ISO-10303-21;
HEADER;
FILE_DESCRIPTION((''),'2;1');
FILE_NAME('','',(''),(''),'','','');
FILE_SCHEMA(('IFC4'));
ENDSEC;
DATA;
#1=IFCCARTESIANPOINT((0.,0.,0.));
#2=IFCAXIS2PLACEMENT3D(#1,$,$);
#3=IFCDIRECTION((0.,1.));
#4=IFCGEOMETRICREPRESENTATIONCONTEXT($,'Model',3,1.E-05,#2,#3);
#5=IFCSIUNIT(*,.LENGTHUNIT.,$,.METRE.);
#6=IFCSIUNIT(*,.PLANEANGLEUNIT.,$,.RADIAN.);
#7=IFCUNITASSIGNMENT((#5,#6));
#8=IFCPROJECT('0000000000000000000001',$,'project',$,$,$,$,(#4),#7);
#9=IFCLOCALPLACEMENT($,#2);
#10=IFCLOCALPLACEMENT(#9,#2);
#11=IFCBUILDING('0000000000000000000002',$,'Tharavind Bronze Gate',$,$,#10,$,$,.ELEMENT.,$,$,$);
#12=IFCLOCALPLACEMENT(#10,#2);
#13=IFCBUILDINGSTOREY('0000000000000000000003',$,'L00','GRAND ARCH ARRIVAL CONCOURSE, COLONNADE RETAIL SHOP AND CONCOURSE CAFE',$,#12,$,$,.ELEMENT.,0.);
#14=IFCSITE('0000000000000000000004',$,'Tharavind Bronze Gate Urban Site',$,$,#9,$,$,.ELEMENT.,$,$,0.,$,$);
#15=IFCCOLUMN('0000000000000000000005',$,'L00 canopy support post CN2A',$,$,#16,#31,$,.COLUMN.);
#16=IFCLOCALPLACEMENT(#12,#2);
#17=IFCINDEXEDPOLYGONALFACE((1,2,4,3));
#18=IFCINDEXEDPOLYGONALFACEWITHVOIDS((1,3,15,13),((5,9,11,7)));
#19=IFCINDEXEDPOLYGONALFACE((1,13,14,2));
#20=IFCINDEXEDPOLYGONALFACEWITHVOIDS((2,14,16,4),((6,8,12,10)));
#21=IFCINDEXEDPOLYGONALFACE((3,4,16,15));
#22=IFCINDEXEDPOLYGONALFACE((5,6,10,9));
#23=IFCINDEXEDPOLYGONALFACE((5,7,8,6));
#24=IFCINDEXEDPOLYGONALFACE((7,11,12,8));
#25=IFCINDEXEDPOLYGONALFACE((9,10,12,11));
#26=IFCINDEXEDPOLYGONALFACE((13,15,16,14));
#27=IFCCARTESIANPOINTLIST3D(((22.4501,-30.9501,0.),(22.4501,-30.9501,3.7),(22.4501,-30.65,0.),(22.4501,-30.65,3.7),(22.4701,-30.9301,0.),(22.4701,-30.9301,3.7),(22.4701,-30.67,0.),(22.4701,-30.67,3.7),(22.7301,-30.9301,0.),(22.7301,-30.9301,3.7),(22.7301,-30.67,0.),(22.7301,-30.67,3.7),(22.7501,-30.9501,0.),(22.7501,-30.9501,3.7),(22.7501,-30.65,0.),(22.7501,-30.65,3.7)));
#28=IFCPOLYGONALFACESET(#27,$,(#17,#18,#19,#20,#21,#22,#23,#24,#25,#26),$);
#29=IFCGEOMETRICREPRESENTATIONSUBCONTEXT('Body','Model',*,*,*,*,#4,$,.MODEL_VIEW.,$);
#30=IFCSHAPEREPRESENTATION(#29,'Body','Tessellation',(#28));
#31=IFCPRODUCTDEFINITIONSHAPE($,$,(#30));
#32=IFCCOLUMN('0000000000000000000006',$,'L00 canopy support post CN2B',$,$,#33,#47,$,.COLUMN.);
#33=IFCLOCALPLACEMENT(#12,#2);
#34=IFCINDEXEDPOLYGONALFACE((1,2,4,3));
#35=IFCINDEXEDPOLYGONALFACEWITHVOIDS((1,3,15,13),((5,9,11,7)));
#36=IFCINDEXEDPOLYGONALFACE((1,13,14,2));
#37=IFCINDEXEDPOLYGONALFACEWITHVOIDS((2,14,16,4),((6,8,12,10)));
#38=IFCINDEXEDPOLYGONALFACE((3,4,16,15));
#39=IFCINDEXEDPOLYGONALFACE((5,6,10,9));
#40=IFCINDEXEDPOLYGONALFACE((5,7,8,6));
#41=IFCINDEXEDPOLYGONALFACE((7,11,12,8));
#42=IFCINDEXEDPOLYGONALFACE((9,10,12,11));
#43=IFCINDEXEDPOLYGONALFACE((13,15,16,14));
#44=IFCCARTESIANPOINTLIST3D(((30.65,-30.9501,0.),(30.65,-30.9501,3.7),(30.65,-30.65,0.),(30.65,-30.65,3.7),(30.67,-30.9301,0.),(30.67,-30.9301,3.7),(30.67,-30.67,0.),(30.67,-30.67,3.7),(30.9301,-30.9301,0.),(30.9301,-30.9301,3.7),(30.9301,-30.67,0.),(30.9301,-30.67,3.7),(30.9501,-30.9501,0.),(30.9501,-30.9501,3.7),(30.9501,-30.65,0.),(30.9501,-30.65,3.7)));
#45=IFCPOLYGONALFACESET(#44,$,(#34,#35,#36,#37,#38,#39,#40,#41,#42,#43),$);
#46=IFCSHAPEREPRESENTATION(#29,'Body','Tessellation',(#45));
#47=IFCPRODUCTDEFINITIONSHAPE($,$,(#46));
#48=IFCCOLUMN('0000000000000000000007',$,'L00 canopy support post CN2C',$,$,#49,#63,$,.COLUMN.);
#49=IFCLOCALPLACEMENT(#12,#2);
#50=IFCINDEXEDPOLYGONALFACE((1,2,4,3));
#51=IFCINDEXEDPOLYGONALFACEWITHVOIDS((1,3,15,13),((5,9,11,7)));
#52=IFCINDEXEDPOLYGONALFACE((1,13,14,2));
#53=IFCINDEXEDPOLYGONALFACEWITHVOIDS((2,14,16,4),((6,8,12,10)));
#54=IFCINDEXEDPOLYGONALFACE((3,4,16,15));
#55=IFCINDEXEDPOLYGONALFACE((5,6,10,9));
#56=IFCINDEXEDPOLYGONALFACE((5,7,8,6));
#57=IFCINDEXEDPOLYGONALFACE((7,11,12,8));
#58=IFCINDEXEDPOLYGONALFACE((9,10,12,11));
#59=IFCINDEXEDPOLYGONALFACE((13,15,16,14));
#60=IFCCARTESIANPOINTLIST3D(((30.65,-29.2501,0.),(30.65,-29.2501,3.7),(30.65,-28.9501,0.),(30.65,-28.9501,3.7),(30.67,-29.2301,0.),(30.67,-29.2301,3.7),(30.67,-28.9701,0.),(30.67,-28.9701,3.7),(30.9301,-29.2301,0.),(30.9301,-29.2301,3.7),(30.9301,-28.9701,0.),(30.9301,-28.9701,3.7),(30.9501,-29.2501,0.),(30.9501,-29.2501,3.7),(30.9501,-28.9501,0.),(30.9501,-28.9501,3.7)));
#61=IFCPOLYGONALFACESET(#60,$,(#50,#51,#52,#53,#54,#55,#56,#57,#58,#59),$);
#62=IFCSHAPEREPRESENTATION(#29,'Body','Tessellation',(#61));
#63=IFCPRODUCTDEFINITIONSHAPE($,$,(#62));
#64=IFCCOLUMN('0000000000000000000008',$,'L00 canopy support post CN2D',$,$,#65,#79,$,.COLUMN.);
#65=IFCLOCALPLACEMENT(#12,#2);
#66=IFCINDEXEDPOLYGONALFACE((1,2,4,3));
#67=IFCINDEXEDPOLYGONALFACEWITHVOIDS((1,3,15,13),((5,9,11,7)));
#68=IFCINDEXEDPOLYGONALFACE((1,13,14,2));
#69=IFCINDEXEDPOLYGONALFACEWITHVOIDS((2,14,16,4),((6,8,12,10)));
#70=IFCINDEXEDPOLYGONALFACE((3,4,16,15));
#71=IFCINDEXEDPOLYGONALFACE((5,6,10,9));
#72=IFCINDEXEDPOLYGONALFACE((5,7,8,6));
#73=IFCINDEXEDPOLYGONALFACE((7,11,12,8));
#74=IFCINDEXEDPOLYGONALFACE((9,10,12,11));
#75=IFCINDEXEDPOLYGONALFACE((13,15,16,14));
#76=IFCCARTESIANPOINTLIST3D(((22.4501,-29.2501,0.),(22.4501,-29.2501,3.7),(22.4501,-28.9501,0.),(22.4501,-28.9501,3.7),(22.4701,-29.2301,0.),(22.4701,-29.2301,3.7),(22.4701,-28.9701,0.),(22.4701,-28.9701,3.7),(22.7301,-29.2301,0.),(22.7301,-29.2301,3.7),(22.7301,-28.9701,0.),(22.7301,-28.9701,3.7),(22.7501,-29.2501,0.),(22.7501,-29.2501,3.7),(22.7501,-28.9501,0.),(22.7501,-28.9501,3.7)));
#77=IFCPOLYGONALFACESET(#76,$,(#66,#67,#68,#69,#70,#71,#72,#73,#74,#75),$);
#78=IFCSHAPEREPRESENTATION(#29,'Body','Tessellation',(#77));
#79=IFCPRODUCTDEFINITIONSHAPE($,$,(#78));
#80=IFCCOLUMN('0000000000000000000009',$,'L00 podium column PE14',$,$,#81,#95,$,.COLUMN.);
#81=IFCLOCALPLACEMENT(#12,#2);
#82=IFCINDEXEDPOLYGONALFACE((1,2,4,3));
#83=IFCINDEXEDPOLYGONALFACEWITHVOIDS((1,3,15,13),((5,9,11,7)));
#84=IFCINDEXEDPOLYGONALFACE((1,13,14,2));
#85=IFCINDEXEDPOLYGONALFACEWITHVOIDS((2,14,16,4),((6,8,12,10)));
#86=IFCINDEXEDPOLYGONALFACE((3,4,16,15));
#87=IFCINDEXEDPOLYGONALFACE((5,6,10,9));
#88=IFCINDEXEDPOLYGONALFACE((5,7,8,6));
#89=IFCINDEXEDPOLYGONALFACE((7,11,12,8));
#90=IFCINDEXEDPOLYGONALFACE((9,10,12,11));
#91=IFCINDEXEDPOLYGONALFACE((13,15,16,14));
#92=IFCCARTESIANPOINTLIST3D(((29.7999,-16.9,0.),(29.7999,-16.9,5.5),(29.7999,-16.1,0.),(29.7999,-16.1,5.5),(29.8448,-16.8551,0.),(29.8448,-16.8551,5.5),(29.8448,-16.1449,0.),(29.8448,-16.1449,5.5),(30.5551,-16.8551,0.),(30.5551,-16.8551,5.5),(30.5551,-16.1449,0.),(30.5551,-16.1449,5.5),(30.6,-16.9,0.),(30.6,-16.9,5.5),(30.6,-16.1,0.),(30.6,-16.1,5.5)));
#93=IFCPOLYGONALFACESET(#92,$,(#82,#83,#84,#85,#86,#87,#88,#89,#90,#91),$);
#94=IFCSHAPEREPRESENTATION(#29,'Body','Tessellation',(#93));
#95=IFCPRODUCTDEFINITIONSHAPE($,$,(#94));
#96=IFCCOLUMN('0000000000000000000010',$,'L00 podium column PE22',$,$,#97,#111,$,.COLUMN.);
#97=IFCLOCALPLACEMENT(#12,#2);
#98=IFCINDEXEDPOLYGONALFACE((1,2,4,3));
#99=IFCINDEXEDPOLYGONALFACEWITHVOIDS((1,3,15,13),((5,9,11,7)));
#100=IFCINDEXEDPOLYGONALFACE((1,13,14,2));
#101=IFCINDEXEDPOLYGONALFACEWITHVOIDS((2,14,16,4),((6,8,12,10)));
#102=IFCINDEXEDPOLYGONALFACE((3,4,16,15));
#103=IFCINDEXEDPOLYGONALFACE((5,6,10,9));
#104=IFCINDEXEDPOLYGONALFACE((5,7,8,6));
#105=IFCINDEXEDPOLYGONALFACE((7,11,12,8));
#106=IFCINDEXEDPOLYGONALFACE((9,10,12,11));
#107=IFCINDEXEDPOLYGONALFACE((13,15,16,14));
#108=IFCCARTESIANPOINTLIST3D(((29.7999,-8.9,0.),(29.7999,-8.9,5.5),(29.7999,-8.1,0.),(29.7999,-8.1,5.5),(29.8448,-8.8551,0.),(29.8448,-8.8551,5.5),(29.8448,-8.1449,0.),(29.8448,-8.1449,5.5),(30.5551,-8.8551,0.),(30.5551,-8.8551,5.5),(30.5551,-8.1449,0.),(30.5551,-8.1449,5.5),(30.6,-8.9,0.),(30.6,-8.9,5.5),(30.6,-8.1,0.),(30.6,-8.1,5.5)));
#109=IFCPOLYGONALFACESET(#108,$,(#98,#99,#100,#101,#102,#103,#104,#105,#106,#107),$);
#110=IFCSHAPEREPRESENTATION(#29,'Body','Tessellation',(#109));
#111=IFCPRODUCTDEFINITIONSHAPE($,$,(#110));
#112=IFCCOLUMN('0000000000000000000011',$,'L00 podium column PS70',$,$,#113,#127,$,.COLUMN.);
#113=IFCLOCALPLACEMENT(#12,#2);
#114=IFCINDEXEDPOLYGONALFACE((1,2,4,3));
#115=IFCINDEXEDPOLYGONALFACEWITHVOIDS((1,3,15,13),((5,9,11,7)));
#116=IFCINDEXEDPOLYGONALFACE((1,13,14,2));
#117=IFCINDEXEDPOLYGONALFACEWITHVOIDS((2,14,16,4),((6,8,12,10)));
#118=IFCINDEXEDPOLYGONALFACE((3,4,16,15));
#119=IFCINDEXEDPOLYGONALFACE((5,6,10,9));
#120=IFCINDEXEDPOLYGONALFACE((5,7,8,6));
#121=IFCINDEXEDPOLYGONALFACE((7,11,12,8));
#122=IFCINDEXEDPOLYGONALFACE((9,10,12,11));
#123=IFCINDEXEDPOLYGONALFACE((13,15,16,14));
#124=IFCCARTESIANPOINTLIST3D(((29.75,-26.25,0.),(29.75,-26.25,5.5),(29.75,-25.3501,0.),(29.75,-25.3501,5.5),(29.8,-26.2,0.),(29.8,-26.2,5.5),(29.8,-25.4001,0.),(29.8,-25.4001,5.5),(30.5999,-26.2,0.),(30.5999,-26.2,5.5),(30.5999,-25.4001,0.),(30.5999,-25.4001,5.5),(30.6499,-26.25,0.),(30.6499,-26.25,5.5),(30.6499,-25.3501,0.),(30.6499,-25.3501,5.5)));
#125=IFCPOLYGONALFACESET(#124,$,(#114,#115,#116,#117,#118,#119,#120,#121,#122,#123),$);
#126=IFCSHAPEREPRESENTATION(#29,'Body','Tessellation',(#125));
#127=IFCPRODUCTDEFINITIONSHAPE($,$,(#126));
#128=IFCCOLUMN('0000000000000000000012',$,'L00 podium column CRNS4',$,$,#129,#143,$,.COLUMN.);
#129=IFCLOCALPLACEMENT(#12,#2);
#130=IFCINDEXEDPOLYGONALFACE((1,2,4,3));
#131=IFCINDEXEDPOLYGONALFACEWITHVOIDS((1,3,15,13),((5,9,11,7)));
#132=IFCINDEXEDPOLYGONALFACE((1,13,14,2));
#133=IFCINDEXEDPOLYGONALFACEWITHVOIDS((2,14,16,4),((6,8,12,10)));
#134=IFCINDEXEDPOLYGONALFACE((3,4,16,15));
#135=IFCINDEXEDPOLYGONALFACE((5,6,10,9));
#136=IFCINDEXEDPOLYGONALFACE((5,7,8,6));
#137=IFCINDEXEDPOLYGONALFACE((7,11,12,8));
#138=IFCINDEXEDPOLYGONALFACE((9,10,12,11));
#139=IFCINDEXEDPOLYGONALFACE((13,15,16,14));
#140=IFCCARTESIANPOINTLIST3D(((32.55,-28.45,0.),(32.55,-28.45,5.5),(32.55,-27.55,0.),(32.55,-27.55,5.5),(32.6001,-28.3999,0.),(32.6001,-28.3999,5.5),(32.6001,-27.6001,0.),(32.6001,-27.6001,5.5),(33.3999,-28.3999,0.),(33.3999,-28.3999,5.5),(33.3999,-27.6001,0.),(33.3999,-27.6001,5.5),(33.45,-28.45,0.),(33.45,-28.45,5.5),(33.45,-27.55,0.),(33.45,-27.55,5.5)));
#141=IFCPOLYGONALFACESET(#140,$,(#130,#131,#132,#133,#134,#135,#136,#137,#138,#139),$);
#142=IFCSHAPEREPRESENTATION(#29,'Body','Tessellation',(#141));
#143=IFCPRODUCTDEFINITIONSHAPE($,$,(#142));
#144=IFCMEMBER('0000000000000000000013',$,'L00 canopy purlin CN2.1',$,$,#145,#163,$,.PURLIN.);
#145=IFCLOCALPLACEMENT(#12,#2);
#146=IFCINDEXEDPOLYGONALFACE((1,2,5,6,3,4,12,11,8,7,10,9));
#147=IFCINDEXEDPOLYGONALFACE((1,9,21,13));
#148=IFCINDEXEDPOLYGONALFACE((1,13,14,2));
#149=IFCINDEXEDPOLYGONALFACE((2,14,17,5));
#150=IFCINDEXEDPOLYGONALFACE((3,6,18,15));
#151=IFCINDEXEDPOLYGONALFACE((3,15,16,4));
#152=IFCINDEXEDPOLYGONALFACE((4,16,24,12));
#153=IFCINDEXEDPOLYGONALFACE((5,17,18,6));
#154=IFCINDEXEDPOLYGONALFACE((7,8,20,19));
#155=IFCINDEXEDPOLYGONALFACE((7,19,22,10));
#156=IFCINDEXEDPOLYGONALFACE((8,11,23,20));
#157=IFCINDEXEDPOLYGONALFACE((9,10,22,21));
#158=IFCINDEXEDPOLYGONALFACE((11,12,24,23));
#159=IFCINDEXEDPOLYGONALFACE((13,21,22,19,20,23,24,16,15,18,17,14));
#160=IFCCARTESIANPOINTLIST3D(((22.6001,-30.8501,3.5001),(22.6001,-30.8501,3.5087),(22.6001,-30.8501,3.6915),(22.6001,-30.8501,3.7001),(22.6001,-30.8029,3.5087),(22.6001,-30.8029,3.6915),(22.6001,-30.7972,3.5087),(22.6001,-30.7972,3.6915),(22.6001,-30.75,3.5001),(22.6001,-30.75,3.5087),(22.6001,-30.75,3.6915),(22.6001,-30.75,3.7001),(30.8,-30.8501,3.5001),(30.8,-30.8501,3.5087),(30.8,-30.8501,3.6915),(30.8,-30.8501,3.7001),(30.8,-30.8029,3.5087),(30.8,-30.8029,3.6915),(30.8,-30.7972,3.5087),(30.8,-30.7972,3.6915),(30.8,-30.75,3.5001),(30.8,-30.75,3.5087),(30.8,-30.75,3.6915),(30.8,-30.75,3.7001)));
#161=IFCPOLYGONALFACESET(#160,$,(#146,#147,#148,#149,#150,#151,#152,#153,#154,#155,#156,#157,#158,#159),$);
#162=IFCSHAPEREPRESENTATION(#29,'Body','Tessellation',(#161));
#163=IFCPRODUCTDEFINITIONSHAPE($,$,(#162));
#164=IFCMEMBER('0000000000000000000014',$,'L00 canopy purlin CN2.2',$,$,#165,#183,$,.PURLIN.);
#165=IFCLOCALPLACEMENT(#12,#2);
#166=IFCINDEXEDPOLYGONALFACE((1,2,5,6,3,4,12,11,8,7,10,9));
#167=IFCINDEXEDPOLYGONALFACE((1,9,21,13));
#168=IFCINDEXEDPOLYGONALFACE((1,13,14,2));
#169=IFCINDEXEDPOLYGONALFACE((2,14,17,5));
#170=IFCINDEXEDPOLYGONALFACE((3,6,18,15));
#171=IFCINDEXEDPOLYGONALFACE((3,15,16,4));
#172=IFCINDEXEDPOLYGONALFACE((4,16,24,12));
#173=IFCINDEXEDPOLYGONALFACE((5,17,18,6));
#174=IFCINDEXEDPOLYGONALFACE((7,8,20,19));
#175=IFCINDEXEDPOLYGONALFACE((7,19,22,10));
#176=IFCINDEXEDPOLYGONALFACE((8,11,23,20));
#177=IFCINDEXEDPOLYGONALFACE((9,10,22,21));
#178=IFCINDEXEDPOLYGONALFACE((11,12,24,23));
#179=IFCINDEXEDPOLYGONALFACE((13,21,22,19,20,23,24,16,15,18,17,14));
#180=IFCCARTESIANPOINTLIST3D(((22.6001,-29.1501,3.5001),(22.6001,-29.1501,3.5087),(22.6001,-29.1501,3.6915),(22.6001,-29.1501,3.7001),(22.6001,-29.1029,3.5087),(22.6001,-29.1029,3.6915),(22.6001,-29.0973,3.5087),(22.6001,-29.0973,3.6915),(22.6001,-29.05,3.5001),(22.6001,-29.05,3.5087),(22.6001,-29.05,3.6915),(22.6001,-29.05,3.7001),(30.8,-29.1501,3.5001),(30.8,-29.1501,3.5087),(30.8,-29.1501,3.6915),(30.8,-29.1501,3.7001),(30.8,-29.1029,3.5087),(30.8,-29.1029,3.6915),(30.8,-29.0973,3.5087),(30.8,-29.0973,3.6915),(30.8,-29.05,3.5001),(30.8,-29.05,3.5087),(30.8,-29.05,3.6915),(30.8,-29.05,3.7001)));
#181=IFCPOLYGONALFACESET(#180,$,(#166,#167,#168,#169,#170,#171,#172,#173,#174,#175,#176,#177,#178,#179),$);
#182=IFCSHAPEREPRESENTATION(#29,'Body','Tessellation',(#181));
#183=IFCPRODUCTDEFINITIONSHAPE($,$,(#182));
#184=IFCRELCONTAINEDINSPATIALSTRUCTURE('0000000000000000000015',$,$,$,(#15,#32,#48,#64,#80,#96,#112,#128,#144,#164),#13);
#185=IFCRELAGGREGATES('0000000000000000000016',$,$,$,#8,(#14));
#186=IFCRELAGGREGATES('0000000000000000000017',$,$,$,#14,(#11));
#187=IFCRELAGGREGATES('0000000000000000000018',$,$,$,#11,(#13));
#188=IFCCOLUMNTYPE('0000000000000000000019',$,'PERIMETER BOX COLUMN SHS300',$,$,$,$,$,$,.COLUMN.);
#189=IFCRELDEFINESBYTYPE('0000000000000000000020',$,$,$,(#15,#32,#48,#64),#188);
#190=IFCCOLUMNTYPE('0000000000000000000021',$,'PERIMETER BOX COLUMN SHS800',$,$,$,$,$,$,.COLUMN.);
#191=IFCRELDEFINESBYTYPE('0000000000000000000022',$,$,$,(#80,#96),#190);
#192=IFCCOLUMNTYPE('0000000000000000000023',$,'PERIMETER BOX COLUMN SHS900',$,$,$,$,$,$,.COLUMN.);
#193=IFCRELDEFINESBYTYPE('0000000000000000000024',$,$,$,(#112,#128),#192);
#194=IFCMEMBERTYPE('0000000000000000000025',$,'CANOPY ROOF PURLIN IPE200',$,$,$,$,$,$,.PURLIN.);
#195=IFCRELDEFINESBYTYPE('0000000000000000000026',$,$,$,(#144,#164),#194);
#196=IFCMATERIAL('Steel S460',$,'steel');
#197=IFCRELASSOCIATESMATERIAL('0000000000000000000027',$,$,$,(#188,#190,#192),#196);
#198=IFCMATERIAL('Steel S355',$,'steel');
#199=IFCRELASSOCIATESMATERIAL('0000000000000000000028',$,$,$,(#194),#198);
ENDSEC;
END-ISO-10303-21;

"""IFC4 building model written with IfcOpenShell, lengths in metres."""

from ifc_helpers import new_model, si_unit, direction, frame, origin, origin_2d, place, context, subcontext, project, spatial, hollow_rectangle, i_section, extrude, material, material_profile, profile_set, type_object, element, save


model = new_model("IFC4")

# Units and contexts
model_context = context("Model", 3, precision=1e-05, world=origin(), true_north=direction((0.0, 1.0)))
body_context = subcontext(model_context, "Body", "Model", "MODEL_VIEW")
ifc_project = project(units=[si_unit("LENGTHUNIT", "METRE"), si_unit("PLANEANGLEUNIT", "RADIAN")], contexts=[model_context])

# Site, building, storey
site_placement = place(None, origin())
site = spatial("IfcSite", under=ifc_project, at=site_placement, Name="Tharavind Bronze Gate Urban Site", CompositionType="ELEMENT", RefElevation=0.0)
building_placement = place(site_placement, origin())
building = spatial("IfcBuilding", under=site, at=building_placement, Name="Tharavind Bronze Gate", CompositionType="ELEMENT")
storey_placement = place(building_placement, origin())
storey = spatial("IfcBuildingStorey", under=building, at=storey_placement, Name="L00", Description="GRAND ARCH ARRIVAL CONCOURSE, COLONNADE RETAIL SHOP AND CONCOURSE CAFE", CompositionType="ELEMENT", Elevation=0.0)

# Columns
ifc_material_1 = material(Name="Steel S460", Category="steel")
ifc_material_profile_1 = material_profile(ifc_material_1, hollow_rectangle(XDim=0.3, YDim=0.3, WallThickness=0.02, at=origin_2d()), Name="SHS300X20")
ifc_profile_set_1 = profile_set([ifc_material_profile_1], Name="Steel S460")
column_type_1 = type_object("IfcColumnType", Name="PERIMETER BOX COLUMN SHS300", PredefinedType="COLUMN", material=ifc_profile_set_1)
for number, where, z_axis, x_axis, name in (
    (1, (22.6001, -30.8, 0.0), (0.0, 0.0, 1.0), (1.0, 0.0, 0.0), "L00 canopy support post CN2A"),
    (2, (30.8, -30.8, 0.0), (0.0, 0.0, 1.0), (1.0, 0.0, 0.0), "L00 canopy support post CN2B"),
    (3, (30.8, -29.1001, 0.0), (0.0, 0.0, 1.0), (1.0, 0.0, 0.0), "L00 canopy support post CN2C"),
    (4, (22.6001, -29.1001, 0.0), (0.0, 0.0, 1.0), (1.0, 0.0, 0.0), "L00 canopy support post CN2D"),
):
    element("IfcColumn", number, at=place(storey_placement, frame(where, z_axis=z_axis, x_axis=x_axis)), inside=storey, type_object=column_type_1, Name=name, PredefinedType="COLUMN", context=body_context, shape_type="SweptSolid", body=[
        extrude(hollow_rectangle(XDim=0.3, YDim=0.3, WallThickness=0.02, at=origin_2d()), origin(), (0.0, 0.0, 1.0), 3.7),
    ])
ifc_material_profile_2 = material_profile(ifc_material_1, hollow_rectangle(XDim=0.8, YDim=0.8, WallThickness=0.0449, at=origin_2d()), Name="SHS800X45")
ifc_profile_set_2 = profile_set([ifc_material_profile_2], Name="Steel S460")
column_type_2 = type_object("IfcColumnType", Name="PERIMETER BOX COLUMN SHS800", PredefinedType="COLUMN", material=ifc_profile_set_2)
for number, where, z_axis, x_axis, name in (
    (5, (30.2, -16.5, 0.0), (0.0, 0.0, 1.0), (1.0, 0.0, 0.0), "L00 podium column PE14"),
    (6, (30.2, -8.5, 0.0), (0.0, 0.0, 1.0), (1.0, 0.0, 0.0), "L00 podium column PE22"),
):
    element("IfcColumn", number, at=place(storey_placement, frame(where, z_axis=z_axis, x_axis=x_axis)), inside=storey, type_object=column_type_2, Name=name, PredefinedType="COLUMN", context=body_context, shape_type="SweptSolid", body=[
        extrude(hollow_rectangle(XDim=0.8, YDim=0.8, WallThickness=0.0449, at=origin_2d()), origin(), (0.0, 0.0, 1.0), 5.5),
    ])
ifc_material_profile_3 = material_profile(ifc_material_1, hollow_rectangle(XDim=0.8999, YDim=0.8999, WallThickness=0.05, at=origin_2d()), Name="SHS900X50")
ifc_profile_set_3 = profile_set([ifc_material_profile_3], Name="Steel S460")
column_type_3 = type_object("IfcColumnType", Name="PERIMETER BOX COLUMN SHS900", PredefinedType="COLUMN", material=ifc_profile_set_3)
for number, where, z_axis, x_axis, name in (
    (7, (30.2, -25.8, 0.0), (0.0, 0.0, 1.0), (1.0, 0.0, 0.0), "L00 podium column PS70"),
    (8, (33.0, -28.0, 0.0), (0.0, 0.0, 1.0), (1.0, 0.0, 0.0), "L00 podium column CRNS4"),
):
    element("IfcColumn", number, at=place(storey_placement, frame(where, z_axis=z_axis, x_axis=x_axis)), inside=storey, type_object=column_type_3, Name=name, PredefinedType="COLUMN", context=body_context, shape_type="SweptSolid", body=[
        extrude(hollow_rectangle(XDim=0.8999, YDim=0.8999, WallThickness=0.05, at=origin_2d()), origin(), (0.0, 0.0, 1.0), 5.5),
    ])

# Members
ifc_material_2 = material(Name="Steel S355", Category="steel")
ifc_material_profile_4 = material_profile(ifc_material_2, i_section(OverallWidth=0.1001, OverallDepth=0.2, WebThickness=0.0056, FlangeThickness=0.0085, at=origin_2d()), Name="IPE200")
ifc_profile_set_4 = profile_set([ifc_material_profile_4], Name="Steel S355")
member_type = type_object("IfcMemberType", Name="CANOPY ROOF PURLIN IPE200", PredefinedType="PURLIN", material=ifc_profile_set_4)
for number, where, z_axis, x_axis, name in (
    (9, (22.6001, -30.8, 3.6001), (1.0, 0.0, 0.0), (0.0, 1.0, 0.0), "L00 canopy purlin CN2.1"),
    (10, (22.6001, -29.1001, 3.6001), (1.0, 0.0, 0.0), (0.0, 1.0, 0.0), "L00 canopy purlin CN2.2"),
):
    element("IfcMember", number, at=place(storey_placement, frame(where, z_axis=z_axis, x_axis=x_axis)), inside=storey, type_object=member_type, Name=name, PredefinedType="PURLIN", context=body_context, shape_type="SweptSolid", body=[
        extrude(i_section(OverallWidth=0.1001, OverallDepth=0.2, WebThickness=0.0056, FlangeThickness=0.0085, at=origin_2d()), origin(), (0.0, 0.0, 1.0), 8.2),
    ])

save(model, "model.ifc")
